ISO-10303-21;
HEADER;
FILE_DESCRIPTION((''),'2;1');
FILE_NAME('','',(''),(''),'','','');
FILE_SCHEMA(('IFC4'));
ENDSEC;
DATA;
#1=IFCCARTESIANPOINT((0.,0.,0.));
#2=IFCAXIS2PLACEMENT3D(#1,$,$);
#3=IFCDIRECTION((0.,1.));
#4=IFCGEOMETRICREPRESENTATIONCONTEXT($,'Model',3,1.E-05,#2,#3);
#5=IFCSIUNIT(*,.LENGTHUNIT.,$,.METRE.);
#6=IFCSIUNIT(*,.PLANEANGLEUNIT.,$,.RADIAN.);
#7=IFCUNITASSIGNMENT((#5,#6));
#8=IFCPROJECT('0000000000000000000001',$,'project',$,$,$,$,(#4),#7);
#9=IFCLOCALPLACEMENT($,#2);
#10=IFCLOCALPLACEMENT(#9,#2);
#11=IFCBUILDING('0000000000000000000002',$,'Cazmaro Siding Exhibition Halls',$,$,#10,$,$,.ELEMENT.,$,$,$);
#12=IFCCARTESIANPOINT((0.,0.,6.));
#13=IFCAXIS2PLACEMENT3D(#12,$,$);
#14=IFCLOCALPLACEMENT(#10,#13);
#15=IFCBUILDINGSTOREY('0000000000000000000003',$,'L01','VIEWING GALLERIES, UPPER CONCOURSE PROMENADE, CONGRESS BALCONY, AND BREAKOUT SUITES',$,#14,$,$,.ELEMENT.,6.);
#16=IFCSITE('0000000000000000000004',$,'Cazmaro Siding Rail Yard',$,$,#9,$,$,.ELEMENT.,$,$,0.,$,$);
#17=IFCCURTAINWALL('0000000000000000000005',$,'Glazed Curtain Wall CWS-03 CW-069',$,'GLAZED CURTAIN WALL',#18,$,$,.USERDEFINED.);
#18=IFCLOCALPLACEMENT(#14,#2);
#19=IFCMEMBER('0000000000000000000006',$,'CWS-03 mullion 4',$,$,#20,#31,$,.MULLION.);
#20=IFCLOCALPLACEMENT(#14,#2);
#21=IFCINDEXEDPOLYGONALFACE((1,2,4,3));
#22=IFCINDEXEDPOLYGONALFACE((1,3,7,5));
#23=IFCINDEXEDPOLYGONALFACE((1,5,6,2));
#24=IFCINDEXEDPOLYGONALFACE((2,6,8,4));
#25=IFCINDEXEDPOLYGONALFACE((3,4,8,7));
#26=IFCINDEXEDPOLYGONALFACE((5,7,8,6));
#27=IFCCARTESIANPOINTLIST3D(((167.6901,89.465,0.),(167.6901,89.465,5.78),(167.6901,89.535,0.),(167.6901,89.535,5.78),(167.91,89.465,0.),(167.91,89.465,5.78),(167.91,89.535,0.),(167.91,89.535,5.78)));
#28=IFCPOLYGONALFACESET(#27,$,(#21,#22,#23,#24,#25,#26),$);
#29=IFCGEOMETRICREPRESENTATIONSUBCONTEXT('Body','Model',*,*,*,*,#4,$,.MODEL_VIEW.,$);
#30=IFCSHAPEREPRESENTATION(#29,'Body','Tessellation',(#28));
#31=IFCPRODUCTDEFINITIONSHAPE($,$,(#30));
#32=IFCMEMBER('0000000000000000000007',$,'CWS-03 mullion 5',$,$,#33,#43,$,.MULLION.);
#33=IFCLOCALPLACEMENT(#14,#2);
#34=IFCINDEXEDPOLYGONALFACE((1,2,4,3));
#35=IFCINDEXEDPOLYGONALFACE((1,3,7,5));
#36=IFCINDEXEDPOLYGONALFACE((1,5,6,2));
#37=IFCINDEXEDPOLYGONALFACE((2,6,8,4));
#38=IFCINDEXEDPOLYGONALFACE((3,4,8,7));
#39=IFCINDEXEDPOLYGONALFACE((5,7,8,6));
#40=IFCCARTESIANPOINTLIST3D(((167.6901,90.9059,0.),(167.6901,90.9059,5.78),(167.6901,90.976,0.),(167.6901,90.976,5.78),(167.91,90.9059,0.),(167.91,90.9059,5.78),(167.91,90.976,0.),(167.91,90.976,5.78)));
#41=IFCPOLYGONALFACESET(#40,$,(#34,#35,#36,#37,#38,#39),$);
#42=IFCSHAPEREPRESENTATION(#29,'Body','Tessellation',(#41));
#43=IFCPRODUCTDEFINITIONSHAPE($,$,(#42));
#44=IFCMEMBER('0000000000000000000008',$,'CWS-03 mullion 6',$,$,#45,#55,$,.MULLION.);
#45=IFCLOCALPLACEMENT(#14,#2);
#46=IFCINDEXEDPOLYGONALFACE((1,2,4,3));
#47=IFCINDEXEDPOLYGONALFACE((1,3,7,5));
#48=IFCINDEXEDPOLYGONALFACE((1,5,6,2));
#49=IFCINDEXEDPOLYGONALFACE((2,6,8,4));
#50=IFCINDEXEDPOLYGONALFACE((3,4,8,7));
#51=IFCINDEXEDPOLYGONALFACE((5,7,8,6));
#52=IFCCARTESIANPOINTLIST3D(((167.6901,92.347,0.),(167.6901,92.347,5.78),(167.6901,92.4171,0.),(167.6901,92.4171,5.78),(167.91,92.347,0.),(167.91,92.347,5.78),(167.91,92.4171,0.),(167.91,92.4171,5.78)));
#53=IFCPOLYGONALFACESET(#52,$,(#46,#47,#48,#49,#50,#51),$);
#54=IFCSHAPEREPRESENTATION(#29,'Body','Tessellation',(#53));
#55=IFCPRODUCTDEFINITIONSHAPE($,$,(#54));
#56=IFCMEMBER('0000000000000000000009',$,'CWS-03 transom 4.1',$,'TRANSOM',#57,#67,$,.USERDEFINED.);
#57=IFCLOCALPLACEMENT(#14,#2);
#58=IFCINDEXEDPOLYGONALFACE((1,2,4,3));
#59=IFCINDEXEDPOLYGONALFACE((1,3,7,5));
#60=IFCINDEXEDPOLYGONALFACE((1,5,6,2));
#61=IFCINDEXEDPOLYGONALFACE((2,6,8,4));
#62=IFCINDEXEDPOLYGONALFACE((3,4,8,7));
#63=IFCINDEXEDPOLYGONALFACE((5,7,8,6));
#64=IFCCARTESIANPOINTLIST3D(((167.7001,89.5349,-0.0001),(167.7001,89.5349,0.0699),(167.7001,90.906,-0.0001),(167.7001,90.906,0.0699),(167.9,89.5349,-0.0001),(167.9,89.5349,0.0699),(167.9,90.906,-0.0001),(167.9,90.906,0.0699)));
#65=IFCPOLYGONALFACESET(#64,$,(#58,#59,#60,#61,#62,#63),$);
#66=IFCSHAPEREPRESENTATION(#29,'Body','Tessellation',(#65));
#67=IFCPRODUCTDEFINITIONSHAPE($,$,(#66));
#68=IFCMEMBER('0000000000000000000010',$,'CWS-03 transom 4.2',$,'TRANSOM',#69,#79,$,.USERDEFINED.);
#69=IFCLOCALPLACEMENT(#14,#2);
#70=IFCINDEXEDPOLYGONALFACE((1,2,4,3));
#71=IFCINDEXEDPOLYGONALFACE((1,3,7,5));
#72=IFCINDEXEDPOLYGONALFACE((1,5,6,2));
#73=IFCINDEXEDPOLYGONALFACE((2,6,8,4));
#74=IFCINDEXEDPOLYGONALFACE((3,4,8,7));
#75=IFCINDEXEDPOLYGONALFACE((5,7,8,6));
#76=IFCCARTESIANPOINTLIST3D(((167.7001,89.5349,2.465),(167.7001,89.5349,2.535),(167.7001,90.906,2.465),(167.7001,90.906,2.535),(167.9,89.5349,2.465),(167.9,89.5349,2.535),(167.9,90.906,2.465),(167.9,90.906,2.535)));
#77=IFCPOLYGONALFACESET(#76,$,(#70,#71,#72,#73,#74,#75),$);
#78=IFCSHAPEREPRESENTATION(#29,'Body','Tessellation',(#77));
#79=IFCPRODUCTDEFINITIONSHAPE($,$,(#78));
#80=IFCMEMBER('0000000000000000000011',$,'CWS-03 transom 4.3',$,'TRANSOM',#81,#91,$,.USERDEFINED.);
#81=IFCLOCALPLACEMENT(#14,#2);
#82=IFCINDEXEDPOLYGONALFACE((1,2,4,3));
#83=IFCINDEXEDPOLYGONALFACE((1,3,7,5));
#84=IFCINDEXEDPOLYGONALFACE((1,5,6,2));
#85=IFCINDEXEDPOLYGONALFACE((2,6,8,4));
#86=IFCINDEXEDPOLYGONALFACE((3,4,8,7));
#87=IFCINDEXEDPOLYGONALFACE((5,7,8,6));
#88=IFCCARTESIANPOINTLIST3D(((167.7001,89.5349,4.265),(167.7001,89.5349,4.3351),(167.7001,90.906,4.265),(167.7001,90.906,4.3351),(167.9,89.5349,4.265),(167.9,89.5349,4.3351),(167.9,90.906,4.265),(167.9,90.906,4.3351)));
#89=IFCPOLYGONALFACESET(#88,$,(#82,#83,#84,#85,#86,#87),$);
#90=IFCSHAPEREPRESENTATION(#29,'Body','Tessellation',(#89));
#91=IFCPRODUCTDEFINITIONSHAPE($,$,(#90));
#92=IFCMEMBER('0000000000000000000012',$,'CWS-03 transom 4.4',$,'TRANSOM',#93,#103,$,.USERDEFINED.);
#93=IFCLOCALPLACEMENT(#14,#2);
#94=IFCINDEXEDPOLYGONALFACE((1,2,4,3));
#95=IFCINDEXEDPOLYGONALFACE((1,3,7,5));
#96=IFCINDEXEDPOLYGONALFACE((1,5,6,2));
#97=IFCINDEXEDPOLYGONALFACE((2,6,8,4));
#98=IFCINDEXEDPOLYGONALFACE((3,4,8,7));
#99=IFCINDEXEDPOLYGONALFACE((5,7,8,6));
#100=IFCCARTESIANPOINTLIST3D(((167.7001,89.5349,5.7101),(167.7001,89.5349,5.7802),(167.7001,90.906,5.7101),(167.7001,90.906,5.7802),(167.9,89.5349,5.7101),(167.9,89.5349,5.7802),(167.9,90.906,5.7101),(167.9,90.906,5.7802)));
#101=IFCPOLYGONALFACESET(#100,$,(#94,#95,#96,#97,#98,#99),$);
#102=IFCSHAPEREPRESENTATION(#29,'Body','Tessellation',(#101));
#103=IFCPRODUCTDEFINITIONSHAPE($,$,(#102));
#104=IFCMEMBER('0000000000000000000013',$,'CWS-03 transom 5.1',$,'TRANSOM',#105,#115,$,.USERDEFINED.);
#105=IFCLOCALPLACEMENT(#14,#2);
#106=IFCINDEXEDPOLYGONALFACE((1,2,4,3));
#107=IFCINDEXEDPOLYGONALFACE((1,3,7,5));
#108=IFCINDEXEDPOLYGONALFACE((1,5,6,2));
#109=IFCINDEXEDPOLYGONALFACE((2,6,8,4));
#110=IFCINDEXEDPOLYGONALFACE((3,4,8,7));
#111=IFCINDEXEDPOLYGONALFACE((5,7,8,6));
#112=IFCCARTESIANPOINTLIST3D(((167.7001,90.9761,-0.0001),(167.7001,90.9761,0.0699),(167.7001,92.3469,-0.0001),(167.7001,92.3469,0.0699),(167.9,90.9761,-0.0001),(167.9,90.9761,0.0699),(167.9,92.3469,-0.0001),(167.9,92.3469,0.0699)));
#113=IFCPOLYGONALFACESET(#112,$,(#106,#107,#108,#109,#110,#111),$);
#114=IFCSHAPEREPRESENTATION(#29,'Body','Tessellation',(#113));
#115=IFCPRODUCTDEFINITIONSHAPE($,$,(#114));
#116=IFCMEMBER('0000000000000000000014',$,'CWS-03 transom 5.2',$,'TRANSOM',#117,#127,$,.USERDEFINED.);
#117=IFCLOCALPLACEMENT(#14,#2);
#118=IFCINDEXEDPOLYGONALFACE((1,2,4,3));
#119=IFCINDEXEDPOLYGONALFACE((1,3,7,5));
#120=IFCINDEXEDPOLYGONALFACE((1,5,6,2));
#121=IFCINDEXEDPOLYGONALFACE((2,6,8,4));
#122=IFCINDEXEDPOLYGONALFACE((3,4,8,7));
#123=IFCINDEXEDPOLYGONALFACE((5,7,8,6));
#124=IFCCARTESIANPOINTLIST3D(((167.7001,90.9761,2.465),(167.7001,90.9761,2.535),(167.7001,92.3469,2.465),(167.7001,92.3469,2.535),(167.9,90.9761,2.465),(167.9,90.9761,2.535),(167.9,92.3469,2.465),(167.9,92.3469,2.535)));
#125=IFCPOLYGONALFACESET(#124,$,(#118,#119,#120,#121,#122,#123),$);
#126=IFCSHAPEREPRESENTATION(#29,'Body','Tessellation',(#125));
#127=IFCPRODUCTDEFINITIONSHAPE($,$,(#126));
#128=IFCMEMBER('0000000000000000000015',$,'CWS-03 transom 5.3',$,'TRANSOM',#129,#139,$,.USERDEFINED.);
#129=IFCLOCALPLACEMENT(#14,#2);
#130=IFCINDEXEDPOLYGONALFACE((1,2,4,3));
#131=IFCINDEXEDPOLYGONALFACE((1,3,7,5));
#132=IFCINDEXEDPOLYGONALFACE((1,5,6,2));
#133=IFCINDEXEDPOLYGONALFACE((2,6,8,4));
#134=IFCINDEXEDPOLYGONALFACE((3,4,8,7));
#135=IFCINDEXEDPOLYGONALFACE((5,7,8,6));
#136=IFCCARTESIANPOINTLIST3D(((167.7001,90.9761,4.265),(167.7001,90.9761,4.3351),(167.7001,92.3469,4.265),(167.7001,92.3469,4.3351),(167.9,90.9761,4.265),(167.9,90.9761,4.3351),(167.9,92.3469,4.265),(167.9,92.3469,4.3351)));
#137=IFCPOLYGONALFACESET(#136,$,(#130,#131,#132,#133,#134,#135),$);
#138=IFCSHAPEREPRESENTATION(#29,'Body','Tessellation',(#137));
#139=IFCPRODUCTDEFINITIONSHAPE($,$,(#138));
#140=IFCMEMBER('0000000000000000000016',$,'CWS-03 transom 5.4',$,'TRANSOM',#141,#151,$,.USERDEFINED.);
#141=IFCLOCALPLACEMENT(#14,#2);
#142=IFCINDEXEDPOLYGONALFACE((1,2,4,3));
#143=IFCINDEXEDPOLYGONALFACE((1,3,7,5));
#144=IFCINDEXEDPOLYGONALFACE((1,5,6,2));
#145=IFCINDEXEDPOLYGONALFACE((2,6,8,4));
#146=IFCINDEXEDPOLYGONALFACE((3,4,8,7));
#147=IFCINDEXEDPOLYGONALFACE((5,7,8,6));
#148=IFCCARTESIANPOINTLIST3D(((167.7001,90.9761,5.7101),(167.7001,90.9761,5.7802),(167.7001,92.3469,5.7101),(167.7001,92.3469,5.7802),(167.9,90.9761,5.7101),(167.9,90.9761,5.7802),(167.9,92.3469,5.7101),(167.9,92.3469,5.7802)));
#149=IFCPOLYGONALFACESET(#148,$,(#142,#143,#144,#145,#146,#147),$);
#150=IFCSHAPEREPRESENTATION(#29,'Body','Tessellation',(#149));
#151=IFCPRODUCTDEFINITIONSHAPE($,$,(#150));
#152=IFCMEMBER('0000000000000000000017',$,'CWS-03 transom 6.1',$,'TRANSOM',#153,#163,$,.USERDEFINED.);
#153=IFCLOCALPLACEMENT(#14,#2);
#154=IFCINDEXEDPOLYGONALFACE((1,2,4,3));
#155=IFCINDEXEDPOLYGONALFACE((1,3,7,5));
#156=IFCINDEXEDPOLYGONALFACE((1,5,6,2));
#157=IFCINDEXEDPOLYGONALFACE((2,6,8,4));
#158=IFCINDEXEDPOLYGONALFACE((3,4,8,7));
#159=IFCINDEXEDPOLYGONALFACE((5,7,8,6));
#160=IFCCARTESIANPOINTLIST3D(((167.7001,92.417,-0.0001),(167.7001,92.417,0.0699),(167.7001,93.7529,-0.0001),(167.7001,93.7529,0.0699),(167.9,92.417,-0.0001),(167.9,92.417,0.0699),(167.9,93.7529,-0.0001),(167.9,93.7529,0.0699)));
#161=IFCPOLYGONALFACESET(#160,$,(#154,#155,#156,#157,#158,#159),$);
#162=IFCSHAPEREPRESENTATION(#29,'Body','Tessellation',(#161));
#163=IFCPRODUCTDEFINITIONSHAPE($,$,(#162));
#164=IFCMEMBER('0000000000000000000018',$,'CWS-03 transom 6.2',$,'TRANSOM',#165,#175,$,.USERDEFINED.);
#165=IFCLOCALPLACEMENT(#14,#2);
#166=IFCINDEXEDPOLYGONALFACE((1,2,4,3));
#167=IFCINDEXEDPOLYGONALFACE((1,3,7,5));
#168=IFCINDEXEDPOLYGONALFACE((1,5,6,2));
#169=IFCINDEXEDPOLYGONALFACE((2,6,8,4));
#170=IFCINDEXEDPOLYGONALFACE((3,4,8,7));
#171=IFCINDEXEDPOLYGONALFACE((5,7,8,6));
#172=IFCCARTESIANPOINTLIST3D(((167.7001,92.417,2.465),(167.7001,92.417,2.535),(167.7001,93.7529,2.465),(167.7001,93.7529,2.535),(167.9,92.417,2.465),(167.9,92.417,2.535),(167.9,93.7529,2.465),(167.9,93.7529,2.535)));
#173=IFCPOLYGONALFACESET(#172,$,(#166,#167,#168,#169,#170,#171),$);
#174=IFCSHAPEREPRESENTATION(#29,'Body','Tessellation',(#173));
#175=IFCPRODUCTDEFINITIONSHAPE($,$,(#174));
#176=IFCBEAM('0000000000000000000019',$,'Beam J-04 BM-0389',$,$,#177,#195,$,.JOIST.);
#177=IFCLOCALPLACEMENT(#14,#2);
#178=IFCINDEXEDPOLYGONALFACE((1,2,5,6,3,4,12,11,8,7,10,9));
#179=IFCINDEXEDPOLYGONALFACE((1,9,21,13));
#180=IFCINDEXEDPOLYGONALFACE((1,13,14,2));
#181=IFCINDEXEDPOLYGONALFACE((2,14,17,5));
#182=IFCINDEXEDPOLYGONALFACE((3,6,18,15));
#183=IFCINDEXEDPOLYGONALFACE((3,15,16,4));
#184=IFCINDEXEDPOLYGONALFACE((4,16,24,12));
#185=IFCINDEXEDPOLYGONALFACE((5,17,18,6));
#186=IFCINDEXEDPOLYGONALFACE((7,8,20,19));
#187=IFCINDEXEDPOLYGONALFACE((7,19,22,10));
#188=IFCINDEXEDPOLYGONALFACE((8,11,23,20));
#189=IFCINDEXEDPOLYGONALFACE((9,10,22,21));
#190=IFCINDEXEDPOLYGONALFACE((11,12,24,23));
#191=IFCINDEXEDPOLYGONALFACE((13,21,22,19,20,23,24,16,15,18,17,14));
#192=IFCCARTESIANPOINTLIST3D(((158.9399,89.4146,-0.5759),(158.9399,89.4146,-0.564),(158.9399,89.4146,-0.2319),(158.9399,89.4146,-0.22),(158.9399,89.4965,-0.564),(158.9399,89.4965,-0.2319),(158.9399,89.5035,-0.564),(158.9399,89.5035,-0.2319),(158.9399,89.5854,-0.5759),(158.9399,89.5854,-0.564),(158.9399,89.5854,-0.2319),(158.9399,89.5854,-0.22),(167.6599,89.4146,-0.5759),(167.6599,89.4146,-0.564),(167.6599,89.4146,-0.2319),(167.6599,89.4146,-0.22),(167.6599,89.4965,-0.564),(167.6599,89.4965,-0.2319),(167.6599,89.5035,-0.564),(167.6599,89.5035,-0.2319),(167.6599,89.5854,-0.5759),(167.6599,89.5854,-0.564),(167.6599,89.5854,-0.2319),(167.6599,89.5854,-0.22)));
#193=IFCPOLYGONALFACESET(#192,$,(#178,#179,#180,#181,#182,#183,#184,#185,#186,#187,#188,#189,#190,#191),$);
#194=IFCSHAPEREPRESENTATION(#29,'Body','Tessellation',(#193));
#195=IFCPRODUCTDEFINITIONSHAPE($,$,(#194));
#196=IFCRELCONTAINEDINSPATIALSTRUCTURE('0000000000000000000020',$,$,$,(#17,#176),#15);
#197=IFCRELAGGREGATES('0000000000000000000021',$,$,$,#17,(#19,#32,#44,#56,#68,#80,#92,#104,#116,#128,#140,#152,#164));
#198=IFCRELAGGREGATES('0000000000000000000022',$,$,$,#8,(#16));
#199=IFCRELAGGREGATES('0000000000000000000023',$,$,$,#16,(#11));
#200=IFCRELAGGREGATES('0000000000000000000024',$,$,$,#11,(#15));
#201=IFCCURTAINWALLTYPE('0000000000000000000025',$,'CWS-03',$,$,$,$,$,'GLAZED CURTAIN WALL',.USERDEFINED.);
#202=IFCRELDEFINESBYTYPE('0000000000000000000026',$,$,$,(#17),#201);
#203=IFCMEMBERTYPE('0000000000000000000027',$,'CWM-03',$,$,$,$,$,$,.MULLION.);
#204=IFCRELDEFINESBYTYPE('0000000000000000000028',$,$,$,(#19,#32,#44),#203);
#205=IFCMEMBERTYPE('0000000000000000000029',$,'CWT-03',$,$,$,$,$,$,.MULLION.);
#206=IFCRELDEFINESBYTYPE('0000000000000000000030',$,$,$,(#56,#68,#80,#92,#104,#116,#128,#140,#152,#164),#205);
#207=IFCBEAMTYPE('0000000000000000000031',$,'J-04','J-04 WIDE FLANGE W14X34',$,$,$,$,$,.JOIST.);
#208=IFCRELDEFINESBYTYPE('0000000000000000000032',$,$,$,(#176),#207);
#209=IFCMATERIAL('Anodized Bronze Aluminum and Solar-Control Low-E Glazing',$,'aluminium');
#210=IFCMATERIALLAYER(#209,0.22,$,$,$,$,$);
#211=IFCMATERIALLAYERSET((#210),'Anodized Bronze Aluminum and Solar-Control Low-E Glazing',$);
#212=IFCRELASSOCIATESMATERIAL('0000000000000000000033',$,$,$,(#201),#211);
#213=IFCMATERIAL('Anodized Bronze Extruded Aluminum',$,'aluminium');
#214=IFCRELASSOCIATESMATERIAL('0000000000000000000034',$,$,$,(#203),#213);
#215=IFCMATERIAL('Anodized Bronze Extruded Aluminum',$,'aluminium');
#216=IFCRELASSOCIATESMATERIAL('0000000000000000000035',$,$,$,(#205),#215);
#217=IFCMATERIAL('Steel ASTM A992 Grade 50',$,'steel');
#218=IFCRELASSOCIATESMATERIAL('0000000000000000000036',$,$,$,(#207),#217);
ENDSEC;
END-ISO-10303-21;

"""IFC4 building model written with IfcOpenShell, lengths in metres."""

from ifc_helpers import new_model, si_unit, direction, frame, origin, origin_2d, place, context, subcontext, project, spatial, rectangle, i_section, extrude, material, layer, layer_set, material_profile, profile_set, type_object, element, aggregate, save


model = new_model("IFC4")

# Units and contexts
model_context = context("Model", 3, precision=1e-05, world=origin(), true_north=direction((0.0, 1.0)))
body_context = subcontext(model_context, "Body", "Model", "MODEL_VIEW")
ifc_project = project(units=[si_unit("LENGTHUNIT", "METRE"), si_unit("PLANEANGLEUNIT", "RADIAN")], contexts=[model_context])

# Site, building, storey
site_placement = place(None, origin())
site = spatial("IfcSite", under=ifc_project, at=site_placement, Name="Cazmaro Siding Rail Yard", CompositionType="ELEMENT", RefElevation=0.0)
building_placement = place(site_placement, origin())
building = spatial("IfcBuilding", under=site, at=building_placement, Name="Cazmaro Siding Exhibition Halls", CompositionType="ELEMENT")
storey_placement = place(building_placement, frame((0.0, 0.0, 6.0)))
storey = spatial("IfcBuildingStorey", under=building, at=storey_placement, Name="L01", Description="VIEWING GALLERIES, UPPER CONCOURSE PROMENADE, CONGRESS BALCONY, AND BREAKOUT SUITES", CompositionType="ELEMENT", Elevation=6.0)

# Curtain wall, members
ifc_material_1 = material(Name="Anodized Bronze Aluminum and Solar-Control Low-E Glazing", Category="aluminium")
ifc_layer_1 = layer(ifc_material_1, 0.22)
ifc_layer_set_1 = layer_set([ifc_layer_1], Name="Anodized Bronze Aluminum and Solar-Control Low-E Glazing")
curtain_wall_type = type_object("IfcCurtainWallType", Name="CWS-03", ElementType="GLAZED CURTAIN WALL", PredefinedType="USERDEFINED", material=ifc_layer_set_1)
curtain_wall_placement = place(storey_placement, origin())
curtain_wall = element("IfcCurtainWall", 1, at=curtain_wall_placement, inside=storey, type_object=curtain_wall_type, Name="Glazed Curtain Wall CWS-03 CW-069", ObjectType="GLAZED CURTAIN WALL", PredefinedType="USERDEFINED")
ifc_material_2 = material(Name="Anodized Bronze Extruded Aluminum", Category="aluminium")
ifc_material_profile_1 = material_profile(ifc_material_2, rectangle(XDim=0.22, YDim=0.0701, at=origin_2d()), Name="CWM-03")
ifc_profile_set_1 = profile_set([ifc_material_profile_1], Name="Anodized Bronze Extruded Aluminum")
member_type_1 = type_object("IfcMemberType", Name="CWM-03", PredefinedType="MULLION", material=ifc_profile_set_1)
member_1_placement = place(storey_placement, frame((167.8, 89.5, 0.0), z_axis=(0.0, 0.0, 1.0), x_axis=(-1.0, 0.0, 0.0)))
member_1 = element("IfcMember", 2, at=member_1_placement, type_object=member_type_1, Name="CWS-03 mullion 4", PredefinedType="MULLION", context=body_context, shape_type="SweptSolid", body=[
    extrude(rectangle(XDim=0.22, YDim=0.0701, at=origin_2d()), origin(), (0.0, 0.0, 1.0), 5.78),
])
member_2_placement = place(storey_placement, frame((167.8, 90.9409, 0.0), z_axis=(0.0, 0.0, 1.0), x_axis=(-1.0, 0.0, 0.0)))
member_2 = element("IfcMember", 3, at=member_2_placement, type_object=member_type_1, Name="CWS-03 mullion 5", PredefinedType="MULLION", context=body_context, shape_type="SweptSolid", body=[
    extrude(rectangle(XDim=0.22, YDim=0.0701, at=origin_2d()), origin(), (0.0, 0.0, 1.0), 5.78),
])
member_3_placement = place(storey_placement, frame((167.8, 92.3821, 0.0), z_axis=(0.0, 0.0, 1.0), x_axis=(-1.0, 0.0, 0.0)))
member_3 = element("IfcMember", 4, at=member_3_placement, type_object=member_type_1, Name="CWS-03 mullion 6", PredefinedType="MULLION", context=body_context, shape_type="SweptSolid", body=[
    extrude(rectangle(XDim=0.22, YDim=0.0701, at=origin_2d()), origin(), (0.0, 0.0, 1.0), 5.78),
])
ifc_material_3 = material(Name="Anodized Bronze Extruded Aluminum", Category="aluminium")
ifc_material_profile_2 = material_profile(ifc_material_3, rectangle(XDim=0.2, YDim=0.0701, at=origin_2d()), Name="CWT-03")
ifc_profile_set_2 = profile_set([ifc_material_profile_2], Name="Anodized Bronze Extruded Aluminum")
member_type_2 = type_object("IfcMemberType", Name="CWT-03", PredefinedType="MULLION", material=ifc_profile_set_2)
member_4_placement = place(storey_placement, frame((167.8, 89.5349, 0.0349), z_axis=(0.0, 1.0, 0.0), x_axis=(-1.0, 0.0, 0.0)))
member_4 = element("IfcMember", 5, at=member_4_placement, type_object=member_type_2, Name="CWS-03 transom 4.1", ObjectType="TRANSOM", PredefinedType="USERDEFINED", context=body_context, shape_type="SweptSolid", body=[
    extrude(rectangle(XDim=0.2, YDim=0.0701, at=origin_2d()), origin(), (0.0, 0.0, 1.0), 1.3711),
])
member_5_placement = place(storey_placement, frame((167.8, 89.5349, 2.5), z_axis=(0.0, 1.0, 0.0), x_axis=(-1.0, 0.0, 0.0)))
member_5 = element("IfcMember", 6, at=member_5_placement, type_object=member_type_2, Name="CWS-03 transom 4.2", ObjectType="TRANSOM", PredefinedType="USERDEFINED", context=body_context, shape_type="SweptSolid", body=[
    extrude(rectangle(XDim=0.2, YDim=0.0701, at=origin_2d()), origin(), (0.0, 0.0, 1.0), 1.3711),
])
member_6_placement = place(storey_placement, frame((167.8, 89.5349, 4.3), z_axis=(0.0, 1.0, 0.0), x_axis=(-1.0, 0.0, 0.0)))
member_6 = element("IfcMember", 7, at=member_6_placement, type_object=member_type_2, Name="CWS-03 transom 4.3", ObjectType="TRANSOM", PredefinedType="USERDEFINED", context=body_context, shape_type="SweptSolid", body=[
    extrude(rectangle(XDim=0.2, YDim=0.0701, at=origin_2d()), origin(), (0.0, 0.0, 1.0), 1.3711),
])
member_7_placement = place(storey_placement, frame((167.8, 89.5349, 5.7451), z_axis=(0.0, 1.0, 0.0), x_axis=(-1.0, 0.0, 0.0)))
member_7 = element("IfcMember", 8, at=member_7_placement, type_object=member_type_2, Name="CWS-03 transom 4.4", ObjectType="TRANSOM", PredefinedType="USERDEFINED", context=body_context, shape_type="SweptSolid", body=[
    extrude(rectangle(XDim=0.2, YDim=0.0701, at=origin_2d()), origin(), (0.0, 0.0, 1.0), 1.3711),
])
member_8_placement = place(storey_placement, frame((167.8, 90.9761, 0.0349), z_axis=(0.0, 1.0, 0.0), x_axis=(-1.0, 0.0, 0.0)))
member_8 = element("IfcMember", 9, at=member_8_placement, type_object=member_type_2, Name="CWS-03 transom 5.1", ObjectType="TRANSOM", PredefinedType="USERDEFINED", context=body_context, shape_type="SweptSolid", body=[
    extrude(rectangle(XDim=0.2, YDim=0.0701, at=origin_2d()), origin(), (0.0, 0.0, 1.0), 1.3708),
])
member_9_placement = place(storey_placement, frame((167.8, 90.9761, 2.5), z_axis=(0.0, 1.0, 0.0), x_axis=(-1.0, 0.0, 0.0)))
member_9 = element("IfcMember", 10, at=member_9_placement, type_object=member_type_2, Name="CWS-03 transom 5.2", ObjectType="TRANSOM", PredefinedType="USERDEFINED", context=body_context, shape_type="SweptSolid", body=[
    extrude(rectangle(XDim=0.2, YDim=0.0701, at=origin_2d()), origin(), (0.0, 0.0, 1.0), 1.3708),
])
member_10_placement = place(storey_placement, frame((167.8, 90.9761, 4.3), z_axis=(0.0, 1.0, 0.0), x_axis=(-1.0, 0.0, 0.0)))
member_10 = element("IfcMember", 11, at=member_10_placement, type_object=member_type_2, Name="CWS-03 transom 5.3", ObjectType="TRANSOM", PredefinedType="USERDEFINED", context=body_context, shape_type="SweptSolid", body=[
    extrude(rectangle(XDim=0.2, YDim=0.0701, at=origin_2d()), origin(), (0.0, 0.0, 1.0), 1.3708),
])
member_11_placement = place(storey_placement, frame((167.8, 90.9761, 5.7451), z_axis=(0.0, 1.0, 0.0), x_axis=(-1.0, 0.0, 0.0)))
member_11 = element("IfcMember", 12, at=member_11_placement, type_object=member_type_2, Name="CWS-03 transom 5.4", ObjectType="TRANSOM", PredefinedType="USERDEFINED", context=body_context, shape_type="SweptSolid", body=[
    extrude(rectangle(XDim=0.2, YDim=0.0701, at=origin_2d()), origin(), (0.0, 0.0, 1.0), 1.3708),
])
member_12_placement = place(storey_placement, frame((167.8, 92.417, 0.0349), z_axis=(0.0, 1.0, 0.0), x_axis=(-1.0, 0.0, 0.0)))
member_12 = element("IfcMember", 13, at=member_12_placement, type_object=member_type_2, Name="CWS-03 transom 6.1", ObjectType="TRANSOM", PredefinedType="USERDEFINED", context=body_context, shape_type="SweptSolid", body=[
    extrude(rectangle(XDim=0.2, YDim=0.0701, at=origin_2d()), origin(), (0.0, 0.0, 1.0), 1.3359),
])
member_13_placement = place(storey_placement, frame((167.8, 92.417, 2.5), z_axis=(0.0, 1.0, 0.0), x_axis=(-1.0, 0.0, 0.0)))
member_13 = element("IfcMember", 14, at=member_13_placement, type_object=member_type_2, Name="CWS-03 transom 6.2", ObjectType="TRANSOM", PredefinedType="USERDEFINED", context=body_context, shape_type="SweptSolid", body=[
    extrude(rectangle(XDim=0.2, YDim=0.0701, at=origin_2d()), origin(), (0.0, 0.0, 1.0), 1.3359),
])

# Beam
ifc_material_4 = material(Name="Steel ASTM A992 Grade 50", Category="steel")
ifc_material_profile_3 = material_profile(ifc_material_4, i_section(OverallWidth=0.1709, OverallDepth=0.356, WebThickness=0.0071, FlangeThickness=0.012, at=origin_2d()), Name="W14X34")
ifc_profile_set_3 = profile_set([ifc_material_profile_3], Name="Steel ASTM A992 Grade 50")
beam_type = type_object("IfcBeamType", Name="J-04", Description="J-04 WIDE FLANGE W14X34", PredefinedType="JOIST", material=ifc_profile_set_3)
beam_placement = place(storey_placement, frame((158.9399, 89.5, -0.3979), z_axis=(1.0, 0.0, 0.0), x_axis=(0.0, 1.0, 0.0)))
element("IfcBeam", 15, at=beam_placement, inside=storey, type_object=beam_type, Name="Beam J-04 BM-0389", PredefinedType="JOIST", context=body_context, shape_type="SweptSolid", body=[
    extrude(i_section(OverallWidth=0.1709, OverallDepth=0.356, WebThickness=0.0071, FlangeThickness=0.012, at=origin_2d()), origin(), (0.0, 0.0, 1.0), 8.72),
])

aggregate(curtain_wall, [member_1, member_2, member_3, member_4, member_5, member_6, member_7, member_8, member_9, member_10, member_11, member_12, member_13])

save(model, "model.ifc")
